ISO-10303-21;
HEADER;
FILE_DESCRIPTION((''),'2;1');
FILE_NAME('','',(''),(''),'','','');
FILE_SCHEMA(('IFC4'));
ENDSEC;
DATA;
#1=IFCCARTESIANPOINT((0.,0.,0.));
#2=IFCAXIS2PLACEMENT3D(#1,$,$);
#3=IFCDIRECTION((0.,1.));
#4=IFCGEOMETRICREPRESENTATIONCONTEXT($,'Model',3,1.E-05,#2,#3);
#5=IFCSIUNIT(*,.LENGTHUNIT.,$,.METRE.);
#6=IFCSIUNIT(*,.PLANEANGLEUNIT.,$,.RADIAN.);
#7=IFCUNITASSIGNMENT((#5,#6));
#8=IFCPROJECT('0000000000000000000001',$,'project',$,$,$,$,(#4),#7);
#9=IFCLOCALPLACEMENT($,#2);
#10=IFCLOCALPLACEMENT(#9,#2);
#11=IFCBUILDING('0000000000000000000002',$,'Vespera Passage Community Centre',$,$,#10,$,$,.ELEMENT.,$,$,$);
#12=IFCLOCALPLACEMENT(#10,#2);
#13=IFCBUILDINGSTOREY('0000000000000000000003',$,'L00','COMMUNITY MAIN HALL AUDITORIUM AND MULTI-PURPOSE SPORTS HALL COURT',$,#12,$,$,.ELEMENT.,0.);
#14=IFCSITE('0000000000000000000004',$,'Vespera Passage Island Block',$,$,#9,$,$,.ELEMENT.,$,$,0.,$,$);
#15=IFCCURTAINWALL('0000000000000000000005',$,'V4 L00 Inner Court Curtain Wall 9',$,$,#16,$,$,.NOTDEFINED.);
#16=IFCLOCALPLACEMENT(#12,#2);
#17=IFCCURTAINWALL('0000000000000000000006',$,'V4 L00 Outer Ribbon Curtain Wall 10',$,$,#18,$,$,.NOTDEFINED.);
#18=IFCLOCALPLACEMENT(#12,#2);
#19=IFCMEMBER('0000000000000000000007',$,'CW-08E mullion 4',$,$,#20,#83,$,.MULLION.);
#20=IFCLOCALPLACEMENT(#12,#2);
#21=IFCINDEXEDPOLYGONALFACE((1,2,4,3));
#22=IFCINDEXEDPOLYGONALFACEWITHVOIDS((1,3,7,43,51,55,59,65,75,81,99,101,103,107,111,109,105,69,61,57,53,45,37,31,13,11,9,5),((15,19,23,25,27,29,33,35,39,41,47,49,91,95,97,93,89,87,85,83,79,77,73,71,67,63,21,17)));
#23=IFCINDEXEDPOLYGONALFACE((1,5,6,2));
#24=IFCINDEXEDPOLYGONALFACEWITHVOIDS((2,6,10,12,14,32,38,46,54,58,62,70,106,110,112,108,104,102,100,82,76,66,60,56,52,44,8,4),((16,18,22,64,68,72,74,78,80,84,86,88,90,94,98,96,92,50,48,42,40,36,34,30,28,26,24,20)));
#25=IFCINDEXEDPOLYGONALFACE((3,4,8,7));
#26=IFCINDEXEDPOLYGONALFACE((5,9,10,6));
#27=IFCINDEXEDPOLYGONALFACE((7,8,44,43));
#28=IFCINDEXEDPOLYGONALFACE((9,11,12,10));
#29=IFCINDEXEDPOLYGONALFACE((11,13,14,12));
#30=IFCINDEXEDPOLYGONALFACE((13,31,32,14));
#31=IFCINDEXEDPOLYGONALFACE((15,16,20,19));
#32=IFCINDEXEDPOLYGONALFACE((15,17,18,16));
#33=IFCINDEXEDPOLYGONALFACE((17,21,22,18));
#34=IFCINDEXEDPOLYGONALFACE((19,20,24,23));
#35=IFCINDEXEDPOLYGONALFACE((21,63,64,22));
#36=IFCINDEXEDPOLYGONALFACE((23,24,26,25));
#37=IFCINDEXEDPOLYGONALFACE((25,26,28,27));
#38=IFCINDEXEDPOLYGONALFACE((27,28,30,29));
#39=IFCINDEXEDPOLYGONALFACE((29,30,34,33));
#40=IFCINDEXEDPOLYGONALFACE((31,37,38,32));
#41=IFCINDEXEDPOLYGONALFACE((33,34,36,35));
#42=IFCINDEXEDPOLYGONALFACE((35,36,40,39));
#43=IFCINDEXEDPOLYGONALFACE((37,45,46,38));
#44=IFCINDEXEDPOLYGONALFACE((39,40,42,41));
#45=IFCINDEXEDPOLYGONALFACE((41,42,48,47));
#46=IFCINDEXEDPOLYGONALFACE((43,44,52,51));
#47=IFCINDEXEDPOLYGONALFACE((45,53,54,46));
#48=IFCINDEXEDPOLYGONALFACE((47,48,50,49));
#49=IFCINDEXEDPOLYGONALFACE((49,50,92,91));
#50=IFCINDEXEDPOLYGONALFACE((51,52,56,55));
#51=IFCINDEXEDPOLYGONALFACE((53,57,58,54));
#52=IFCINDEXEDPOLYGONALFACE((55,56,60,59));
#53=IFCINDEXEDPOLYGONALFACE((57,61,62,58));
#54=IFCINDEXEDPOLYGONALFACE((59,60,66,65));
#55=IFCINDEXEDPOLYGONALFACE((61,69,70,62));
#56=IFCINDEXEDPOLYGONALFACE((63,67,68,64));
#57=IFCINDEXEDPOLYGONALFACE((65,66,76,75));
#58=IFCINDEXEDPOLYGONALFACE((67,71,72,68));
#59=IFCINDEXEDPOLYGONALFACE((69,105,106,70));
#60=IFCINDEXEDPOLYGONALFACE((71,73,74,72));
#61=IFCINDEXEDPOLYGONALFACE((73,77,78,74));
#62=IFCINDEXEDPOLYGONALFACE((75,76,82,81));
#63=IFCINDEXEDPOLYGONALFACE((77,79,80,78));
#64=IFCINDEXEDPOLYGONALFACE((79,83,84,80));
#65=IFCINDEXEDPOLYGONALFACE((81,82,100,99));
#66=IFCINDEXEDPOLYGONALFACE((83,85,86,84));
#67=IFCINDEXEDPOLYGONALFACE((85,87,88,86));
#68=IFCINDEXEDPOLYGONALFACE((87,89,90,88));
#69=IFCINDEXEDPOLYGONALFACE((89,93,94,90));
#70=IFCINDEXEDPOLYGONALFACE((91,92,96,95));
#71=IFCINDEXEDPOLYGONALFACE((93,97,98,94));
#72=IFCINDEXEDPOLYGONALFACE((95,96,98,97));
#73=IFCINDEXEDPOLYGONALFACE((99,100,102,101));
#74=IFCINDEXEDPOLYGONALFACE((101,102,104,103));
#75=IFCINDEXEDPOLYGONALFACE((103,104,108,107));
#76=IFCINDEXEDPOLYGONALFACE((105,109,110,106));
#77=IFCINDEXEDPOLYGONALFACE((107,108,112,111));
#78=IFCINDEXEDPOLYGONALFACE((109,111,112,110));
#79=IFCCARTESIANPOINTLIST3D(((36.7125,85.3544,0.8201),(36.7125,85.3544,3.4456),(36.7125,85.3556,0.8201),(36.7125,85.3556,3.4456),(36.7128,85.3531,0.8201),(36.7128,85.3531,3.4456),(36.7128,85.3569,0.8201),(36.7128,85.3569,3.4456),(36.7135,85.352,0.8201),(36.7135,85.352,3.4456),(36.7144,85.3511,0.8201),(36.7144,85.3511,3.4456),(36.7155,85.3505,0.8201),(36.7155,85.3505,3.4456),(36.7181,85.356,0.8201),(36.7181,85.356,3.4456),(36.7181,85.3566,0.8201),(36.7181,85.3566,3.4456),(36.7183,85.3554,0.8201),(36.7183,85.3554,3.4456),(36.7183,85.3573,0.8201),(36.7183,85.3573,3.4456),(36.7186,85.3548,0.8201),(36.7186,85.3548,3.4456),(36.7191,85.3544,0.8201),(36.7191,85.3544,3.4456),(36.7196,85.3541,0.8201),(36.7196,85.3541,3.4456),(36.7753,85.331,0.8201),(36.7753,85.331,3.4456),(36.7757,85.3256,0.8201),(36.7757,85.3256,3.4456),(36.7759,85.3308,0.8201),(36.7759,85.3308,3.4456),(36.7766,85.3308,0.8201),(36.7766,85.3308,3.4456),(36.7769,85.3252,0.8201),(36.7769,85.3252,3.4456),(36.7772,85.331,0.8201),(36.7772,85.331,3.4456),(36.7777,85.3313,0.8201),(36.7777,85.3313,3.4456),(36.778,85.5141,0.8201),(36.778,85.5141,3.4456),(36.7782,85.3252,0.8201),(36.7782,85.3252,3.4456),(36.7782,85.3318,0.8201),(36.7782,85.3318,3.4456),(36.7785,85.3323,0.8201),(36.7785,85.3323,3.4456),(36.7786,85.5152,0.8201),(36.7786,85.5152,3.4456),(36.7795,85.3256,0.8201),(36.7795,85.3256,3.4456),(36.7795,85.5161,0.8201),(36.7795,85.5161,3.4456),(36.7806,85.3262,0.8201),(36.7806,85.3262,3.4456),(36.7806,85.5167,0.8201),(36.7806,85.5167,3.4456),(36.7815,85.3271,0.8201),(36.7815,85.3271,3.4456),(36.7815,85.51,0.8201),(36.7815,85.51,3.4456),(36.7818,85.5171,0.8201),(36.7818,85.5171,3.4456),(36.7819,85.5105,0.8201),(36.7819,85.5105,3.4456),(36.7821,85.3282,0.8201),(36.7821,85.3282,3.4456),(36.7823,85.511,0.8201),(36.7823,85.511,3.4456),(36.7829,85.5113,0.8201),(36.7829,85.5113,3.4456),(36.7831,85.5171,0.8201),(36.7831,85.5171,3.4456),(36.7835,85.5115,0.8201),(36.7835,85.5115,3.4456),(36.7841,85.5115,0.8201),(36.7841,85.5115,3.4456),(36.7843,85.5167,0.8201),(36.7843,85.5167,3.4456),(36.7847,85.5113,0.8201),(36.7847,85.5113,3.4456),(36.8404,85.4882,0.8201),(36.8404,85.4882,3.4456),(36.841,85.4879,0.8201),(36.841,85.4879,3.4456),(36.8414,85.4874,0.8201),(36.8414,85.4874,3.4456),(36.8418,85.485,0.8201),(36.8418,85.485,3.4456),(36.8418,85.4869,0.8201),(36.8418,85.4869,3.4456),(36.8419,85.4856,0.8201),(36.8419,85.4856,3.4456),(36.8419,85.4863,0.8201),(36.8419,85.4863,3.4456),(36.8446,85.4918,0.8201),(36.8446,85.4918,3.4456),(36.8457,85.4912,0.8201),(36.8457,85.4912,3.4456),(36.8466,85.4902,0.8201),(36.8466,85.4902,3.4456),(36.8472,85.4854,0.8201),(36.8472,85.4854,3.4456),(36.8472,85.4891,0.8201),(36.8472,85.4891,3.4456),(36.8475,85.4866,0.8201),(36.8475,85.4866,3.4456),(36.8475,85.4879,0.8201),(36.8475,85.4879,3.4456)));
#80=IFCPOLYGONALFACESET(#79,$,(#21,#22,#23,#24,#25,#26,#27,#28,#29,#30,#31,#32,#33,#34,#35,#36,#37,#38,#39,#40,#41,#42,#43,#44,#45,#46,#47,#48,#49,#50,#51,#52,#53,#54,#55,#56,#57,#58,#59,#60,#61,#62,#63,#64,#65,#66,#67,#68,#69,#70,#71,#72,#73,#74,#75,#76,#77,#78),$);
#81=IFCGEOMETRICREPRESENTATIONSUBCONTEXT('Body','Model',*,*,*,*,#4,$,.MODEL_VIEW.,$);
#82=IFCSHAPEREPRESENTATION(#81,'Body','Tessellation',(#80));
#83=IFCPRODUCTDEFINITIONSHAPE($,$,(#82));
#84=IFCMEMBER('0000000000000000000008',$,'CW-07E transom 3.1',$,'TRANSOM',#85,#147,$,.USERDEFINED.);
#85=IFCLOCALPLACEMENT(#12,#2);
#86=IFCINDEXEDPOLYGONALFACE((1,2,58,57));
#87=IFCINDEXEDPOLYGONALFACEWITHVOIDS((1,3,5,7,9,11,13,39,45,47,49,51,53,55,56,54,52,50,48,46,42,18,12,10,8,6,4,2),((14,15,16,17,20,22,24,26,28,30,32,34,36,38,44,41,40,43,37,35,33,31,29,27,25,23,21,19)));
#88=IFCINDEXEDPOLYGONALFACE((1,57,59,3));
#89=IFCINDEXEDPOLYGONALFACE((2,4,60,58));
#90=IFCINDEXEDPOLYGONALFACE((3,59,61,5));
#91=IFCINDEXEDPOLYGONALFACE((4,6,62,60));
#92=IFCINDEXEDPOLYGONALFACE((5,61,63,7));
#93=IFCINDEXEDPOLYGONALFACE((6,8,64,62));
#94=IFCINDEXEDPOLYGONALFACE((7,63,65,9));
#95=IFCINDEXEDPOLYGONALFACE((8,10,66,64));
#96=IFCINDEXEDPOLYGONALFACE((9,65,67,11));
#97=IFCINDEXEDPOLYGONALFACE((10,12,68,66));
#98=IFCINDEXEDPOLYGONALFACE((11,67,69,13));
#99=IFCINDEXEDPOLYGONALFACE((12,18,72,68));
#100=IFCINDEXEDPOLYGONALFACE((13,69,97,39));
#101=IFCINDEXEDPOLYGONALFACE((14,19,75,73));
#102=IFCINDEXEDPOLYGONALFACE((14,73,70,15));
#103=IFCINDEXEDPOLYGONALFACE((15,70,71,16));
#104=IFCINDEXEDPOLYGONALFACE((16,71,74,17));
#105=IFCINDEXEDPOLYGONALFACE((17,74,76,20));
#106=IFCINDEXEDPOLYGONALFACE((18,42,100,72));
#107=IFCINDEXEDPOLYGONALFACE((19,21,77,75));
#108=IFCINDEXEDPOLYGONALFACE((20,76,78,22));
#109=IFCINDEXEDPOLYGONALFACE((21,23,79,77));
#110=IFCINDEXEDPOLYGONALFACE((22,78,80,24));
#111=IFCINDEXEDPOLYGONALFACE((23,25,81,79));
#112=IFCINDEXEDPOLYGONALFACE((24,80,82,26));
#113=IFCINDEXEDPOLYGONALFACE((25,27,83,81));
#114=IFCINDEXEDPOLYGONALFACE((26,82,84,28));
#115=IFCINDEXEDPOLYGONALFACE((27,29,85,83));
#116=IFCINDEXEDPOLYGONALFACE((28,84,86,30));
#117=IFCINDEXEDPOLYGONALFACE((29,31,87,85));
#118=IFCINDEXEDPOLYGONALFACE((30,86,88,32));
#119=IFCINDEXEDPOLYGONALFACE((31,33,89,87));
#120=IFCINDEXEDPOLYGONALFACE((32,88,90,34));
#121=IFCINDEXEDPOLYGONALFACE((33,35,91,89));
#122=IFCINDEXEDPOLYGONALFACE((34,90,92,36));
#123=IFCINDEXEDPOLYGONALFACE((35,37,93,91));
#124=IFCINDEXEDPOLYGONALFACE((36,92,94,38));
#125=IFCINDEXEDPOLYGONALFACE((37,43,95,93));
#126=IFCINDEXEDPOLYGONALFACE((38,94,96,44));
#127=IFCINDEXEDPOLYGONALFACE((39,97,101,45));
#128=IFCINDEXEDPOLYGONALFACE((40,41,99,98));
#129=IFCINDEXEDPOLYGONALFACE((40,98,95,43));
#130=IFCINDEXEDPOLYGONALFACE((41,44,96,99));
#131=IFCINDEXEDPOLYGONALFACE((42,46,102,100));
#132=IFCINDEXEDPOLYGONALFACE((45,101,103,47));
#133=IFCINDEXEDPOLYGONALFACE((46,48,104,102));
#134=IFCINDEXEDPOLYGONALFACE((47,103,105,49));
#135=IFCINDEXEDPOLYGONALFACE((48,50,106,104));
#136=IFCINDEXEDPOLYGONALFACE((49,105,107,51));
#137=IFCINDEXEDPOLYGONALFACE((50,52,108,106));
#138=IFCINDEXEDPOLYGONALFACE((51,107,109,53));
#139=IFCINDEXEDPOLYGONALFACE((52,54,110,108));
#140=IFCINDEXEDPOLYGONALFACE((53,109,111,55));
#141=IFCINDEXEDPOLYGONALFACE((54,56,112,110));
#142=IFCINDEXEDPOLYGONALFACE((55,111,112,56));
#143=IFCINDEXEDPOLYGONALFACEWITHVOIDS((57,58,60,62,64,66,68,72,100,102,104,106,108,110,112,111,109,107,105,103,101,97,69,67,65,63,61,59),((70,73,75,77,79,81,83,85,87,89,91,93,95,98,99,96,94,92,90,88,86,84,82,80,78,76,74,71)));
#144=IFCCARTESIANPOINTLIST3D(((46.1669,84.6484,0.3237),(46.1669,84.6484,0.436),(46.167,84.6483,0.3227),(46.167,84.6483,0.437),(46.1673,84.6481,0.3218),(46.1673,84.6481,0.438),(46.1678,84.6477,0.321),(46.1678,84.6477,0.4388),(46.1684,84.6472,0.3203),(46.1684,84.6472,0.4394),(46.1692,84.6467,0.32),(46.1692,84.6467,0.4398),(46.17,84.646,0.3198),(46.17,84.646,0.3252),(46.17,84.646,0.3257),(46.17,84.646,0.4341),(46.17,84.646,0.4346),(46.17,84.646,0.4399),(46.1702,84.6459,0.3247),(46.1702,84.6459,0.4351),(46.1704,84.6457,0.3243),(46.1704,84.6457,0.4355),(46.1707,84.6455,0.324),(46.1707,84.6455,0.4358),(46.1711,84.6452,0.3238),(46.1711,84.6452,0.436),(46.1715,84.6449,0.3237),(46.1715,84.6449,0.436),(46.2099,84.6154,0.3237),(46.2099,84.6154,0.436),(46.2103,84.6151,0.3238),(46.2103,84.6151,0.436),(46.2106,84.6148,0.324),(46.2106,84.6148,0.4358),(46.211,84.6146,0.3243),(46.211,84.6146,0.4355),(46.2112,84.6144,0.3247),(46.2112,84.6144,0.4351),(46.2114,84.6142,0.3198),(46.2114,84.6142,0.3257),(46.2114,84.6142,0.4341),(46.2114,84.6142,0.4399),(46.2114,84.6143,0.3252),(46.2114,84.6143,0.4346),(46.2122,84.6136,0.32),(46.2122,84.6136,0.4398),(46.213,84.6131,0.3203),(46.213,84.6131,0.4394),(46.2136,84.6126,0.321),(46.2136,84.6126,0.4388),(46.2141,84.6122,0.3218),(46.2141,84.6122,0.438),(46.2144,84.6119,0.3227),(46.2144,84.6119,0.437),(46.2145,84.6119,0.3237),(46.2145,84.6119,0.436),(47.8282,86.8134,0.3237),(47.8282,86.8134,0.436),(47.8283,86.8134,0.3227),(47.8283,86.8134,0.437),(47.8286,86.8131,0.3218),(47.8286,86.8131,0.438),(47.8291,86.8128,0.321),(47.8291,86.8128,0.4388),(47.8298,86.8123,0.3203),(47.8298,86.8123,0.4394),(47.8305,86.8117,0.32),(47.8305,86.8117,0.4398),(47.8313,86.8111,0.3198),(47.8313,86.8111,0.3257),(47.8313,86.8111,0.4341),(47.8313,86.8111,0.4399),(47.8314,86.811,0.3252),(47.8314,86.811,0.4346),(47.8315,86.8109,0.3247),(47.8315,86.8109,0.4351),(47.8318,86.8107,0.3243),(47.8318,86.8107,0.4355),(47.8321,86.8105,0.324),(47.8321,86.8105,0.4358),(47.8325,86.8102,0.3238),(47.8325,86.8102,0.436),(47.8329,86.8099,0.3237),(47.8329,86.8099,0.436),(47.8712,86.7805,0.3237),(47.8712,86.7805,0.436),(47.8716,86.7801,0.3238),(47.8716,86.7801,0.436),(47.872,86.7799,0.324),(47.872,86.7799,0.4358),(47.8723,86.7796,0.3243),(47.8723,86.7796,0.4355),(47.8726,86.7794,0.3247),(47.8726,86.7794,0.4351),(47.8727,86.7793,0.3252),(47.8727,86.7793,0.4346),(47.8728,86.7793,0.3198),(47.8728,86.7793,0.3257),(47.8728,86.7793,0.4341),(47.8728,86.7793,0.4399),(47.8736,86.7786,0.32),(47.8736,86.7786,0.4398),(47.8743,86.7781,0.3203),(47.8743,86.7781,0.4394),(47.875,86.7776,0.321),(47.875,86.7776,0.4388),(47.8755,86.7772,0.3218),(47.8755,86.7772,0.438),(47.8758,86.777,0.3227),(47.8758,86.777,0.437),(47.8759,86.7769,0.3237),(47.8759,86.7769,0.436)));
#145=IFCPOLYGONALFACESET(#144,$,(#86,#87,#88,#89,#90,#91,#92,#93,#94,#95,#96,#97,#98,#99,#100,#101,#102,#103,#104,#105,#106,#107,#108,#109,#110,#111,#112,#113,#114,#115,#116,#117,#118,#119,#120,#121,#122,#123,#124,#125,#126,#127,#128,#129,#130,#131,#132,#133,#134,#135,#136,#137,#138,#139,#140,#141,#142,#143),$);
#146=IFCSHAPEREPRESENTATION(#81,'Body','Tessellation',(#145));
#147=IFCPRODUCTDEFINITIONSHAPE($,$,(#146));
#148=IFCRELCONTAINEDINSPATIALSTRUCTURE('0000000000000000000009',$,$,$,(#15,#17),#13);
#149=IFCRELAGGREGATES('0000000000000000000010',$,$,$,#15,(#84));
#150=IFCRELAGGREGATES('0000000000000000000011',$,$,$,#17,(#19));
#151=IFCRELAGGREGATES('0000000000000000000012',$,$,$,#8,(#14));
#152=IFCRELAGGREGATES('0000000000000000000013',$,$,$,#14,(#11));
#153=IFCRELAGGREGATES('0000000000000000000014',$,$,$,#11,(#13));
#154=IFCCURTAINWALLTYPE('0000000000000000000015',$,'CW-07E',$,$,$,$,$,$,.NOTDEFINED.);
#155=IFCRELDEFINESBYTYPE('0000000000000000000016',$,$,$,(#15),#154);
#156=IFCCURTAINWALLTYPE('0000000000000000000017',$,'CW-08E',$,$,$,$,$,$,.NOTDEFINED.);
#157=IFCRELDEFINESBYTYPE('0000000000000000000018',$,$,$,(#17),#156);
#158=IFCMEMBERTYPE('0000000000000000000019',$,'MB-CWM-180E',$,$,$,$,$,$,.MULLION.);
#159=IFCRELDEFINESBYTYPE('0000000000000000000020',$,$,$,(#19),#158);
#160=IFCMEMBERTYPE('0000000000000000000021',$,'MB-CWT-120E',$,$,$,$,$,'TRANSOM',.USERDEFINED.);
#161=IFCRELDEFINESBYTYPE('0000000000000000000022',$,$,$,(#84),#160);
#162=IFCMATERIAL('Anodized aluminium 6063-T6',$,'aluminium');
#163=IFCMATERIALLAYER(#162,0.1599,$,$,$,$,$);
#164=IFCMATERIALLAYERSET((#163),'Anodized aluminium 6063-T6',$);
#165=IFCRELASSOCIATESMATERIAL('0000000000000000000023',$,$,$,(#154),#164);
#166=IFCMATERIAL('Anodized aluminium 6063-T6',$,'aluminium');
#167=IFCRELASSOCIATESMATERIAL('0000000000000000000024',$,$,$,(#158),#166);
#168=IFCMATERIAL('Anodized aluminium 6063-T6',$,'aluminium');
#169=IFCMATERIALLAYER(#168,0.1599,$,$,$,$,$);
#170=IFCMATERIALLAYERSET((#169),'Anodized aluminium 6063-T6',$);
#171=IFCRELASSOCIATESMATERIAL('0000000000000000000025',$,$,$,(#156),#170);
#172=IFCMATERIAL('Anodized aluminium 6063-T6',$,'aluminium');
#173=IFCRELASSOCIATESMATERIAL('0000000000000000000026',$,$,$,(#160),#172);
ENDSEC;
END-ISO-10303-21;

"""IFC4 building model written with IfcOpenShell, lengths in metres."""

from ifc_helpers import new_model, si_unit, direction, frame, origin, origin_2d, place, context, subcontext, project, spatial, hollow_rectangle, extrude, material, layer, layer_set, material_profile, profile_set, type_object, element, aggregate, save


model = new_model("IFC4")

# Units and contexts
model_context = context("Model", 3, precision=1e-05, world=origin(), true_north=direction((0.0, 1.0)))
body_context = subcontext(model_context, "Body", "Model", "MODEL_VIEW")
ifc_project = project(units=[si_unit("LENGTHUNIT", "METRE"), si_unit("PLANEANGLEUNIT", "RADIAN")], contexts=[model_context])

# Site, building, storey
site_placement = place(None, origin())
site = spatial("IfcSite", under=ifc_project, at=site_placement, Name="Vespera Passage Island Block", CompositionType="ELEMENT", RefElevation=0.0)
building_placement = place(site_placement, origin())
building = spatial("IfcBuilding", under=site, at=building_placement, Name="Vespera Passage Community Centre", CompositionType="ELEMENT")
storey_placement = place(building_placement, origin())
storey = spatial("IfcBuildingStorey", under=building, at=storey_placement, Name="L00", Description="COMMUNITY MAIN HALL AUDITORIUM AND MULTI-PURPOSE SPORTS HALL COURT", CompositionType="ELEMENT", Elevation=0.0)

# Curtain wall
ifc_material_1 = material(Name="Anodized aluminium 6063-T6", Category="aluminium")
ifc_layer_1 = layer(ifc_material_1, 0.1599)
ifc_layer_set_1 = layer_set([ifc_layer_1], Name="Anodized aluminium 6063-T6")
curtain_wall_type_1 = type_object("IfcCurtainWallType", Name="CW-07E", PredefinedType="NOTDEFINED", material=ifc_layer_set_1)
curtain_wall_1_placement = place(storey_placement, origin())
curtain_wall_1 = element("IfcCurtainWall", 1, at=curtain_wall_1_placement, inside=storey, type_object=curtain_wall_type_1, Name="V4 L00 Inner Court Curtain Wall 9", PredefinedType="NOTDEFINED")
ifc_material_2 = material(Name="Anodized aluminium 6063-T6", Category="aluminium")
ifc_material_profile_1 = material_profile(ifc_material_2, hollow_rectangle(XDim=0.075, YDim=0.1799, WallThickness=0.0049, InnerFilletRadius=0.0024, OuterFilletRadius=0.0049, at=origin_2d()), Name="ALU180X75X5")
ifc_profile_set_1 = profile_set([ifc_material_profile_1], Name="Anodized aluminium 6063-T6")
member_type_1 = type_object("IfcMemberType", Name="MB-CWM-180E", PredefinedType="MULLION", material=ifc_profile_set_1)

# Curtain wall, member
ifc_material_3 = material(Name="Anodized aluminium 6063-T6", Category="aluminium")
ifc_layer_2 = layer(ifc_material_3, 0.1599)
ifc_layer_set_2 = layer_set([ifc_layer_2], Name="Anodized aluminium 6063-T6")
curtain_wall_type_2 = type_object("IfcCurtainWallType", Name="CW-08E", PredefinedType="NOTDEFINED", material=ifc_layer_set_2)
curtain_wall_2_placement = place(storey_placement, origin())
curtain_wall_2 = element("IfcCurtainWall", 2, at=curtain_wall_2_placement, inside=storey, type_object=curtain_wall_type_2, Name="V4 L00 Outer Ribbon Curtain Wall 10", PredefinedType="NOTDEFINED")
member_1_placement = place(storey_placement, frame((36.78, 85.4211, 0.8201), z_axis=(0.0, 0.0, 1.0), x_axis=(-0.923881, 0.382679, 0.0)))
member_1 = element("IfcMember", 3, at=member_1_placement, type_object=member_type_1, Name="CW-08E mullion 4", PredefinedType="MULLION", context=body_context, shape_type="SweptSolid", body=[
    extrude(hollow_rectangle(XDim=0.075, YDim=0.1799, WallThickness=0.0049, InnerFilletRadius=0.0024, OuterFilletRadius=0.0049, at=origin_2d()), origin(), (0.0, 0.0, 1.0), 2.6255),
])

# Member
ifc_material_4 = material(Name="Anodized aluminium 6063-T6", Category="aluminium")
ifc_material_profile_2 = material_profile(ifc_material_4, hollow_rectangle(XDim=0.0601, YDim=0.1201, WallThickness=0.0039, InnerFilletRadius=0.002, OuterFilletRadius=0.0039, at=origin_2d()), Name="ALU120X60X4")
ifc_profile_set_2 = profile_set([ifc_material_profile_2], Name="Anodized aluminium 6063-T6")
member_type_2 = type_object("IfcMemberType", Name="MB-CWT-120E", ElementType="TRANSOM", PredefinedType="USERDEFINED", material=ifc_profile_set_2)
member_2_placement = place(storey_placement, frame((47.8521, 86.7952, 0.3799), z_axis=(-0.608781, -0.793338, 0.0), x_axis=(0.793338, -0.608781, 0.0)))
member_2 = element("IfcMember", 4, at=member_2_placement, type_object=member_type_2, Name="CW-07E transom 3.1", ObjectType="TRANSOM", PredefinedType="USERDEFINED", context=body_context, shape_type="SweptSolid", body=[
    extrude(hollow_rectangle(XDim=0.0601, YDim=0.1201, WallThickness=0.0039, InnerFilletRadius=0.002, OuterFilletRadius=0.0039, at=origin_2d()), origin(), (0.0, 0.0, 1.0), 2.729),
])

aggregate(curtain_wall_1, [member_2])
aggregate(curtain_wall_2, [member_1])

save(model, "model.ifc")
